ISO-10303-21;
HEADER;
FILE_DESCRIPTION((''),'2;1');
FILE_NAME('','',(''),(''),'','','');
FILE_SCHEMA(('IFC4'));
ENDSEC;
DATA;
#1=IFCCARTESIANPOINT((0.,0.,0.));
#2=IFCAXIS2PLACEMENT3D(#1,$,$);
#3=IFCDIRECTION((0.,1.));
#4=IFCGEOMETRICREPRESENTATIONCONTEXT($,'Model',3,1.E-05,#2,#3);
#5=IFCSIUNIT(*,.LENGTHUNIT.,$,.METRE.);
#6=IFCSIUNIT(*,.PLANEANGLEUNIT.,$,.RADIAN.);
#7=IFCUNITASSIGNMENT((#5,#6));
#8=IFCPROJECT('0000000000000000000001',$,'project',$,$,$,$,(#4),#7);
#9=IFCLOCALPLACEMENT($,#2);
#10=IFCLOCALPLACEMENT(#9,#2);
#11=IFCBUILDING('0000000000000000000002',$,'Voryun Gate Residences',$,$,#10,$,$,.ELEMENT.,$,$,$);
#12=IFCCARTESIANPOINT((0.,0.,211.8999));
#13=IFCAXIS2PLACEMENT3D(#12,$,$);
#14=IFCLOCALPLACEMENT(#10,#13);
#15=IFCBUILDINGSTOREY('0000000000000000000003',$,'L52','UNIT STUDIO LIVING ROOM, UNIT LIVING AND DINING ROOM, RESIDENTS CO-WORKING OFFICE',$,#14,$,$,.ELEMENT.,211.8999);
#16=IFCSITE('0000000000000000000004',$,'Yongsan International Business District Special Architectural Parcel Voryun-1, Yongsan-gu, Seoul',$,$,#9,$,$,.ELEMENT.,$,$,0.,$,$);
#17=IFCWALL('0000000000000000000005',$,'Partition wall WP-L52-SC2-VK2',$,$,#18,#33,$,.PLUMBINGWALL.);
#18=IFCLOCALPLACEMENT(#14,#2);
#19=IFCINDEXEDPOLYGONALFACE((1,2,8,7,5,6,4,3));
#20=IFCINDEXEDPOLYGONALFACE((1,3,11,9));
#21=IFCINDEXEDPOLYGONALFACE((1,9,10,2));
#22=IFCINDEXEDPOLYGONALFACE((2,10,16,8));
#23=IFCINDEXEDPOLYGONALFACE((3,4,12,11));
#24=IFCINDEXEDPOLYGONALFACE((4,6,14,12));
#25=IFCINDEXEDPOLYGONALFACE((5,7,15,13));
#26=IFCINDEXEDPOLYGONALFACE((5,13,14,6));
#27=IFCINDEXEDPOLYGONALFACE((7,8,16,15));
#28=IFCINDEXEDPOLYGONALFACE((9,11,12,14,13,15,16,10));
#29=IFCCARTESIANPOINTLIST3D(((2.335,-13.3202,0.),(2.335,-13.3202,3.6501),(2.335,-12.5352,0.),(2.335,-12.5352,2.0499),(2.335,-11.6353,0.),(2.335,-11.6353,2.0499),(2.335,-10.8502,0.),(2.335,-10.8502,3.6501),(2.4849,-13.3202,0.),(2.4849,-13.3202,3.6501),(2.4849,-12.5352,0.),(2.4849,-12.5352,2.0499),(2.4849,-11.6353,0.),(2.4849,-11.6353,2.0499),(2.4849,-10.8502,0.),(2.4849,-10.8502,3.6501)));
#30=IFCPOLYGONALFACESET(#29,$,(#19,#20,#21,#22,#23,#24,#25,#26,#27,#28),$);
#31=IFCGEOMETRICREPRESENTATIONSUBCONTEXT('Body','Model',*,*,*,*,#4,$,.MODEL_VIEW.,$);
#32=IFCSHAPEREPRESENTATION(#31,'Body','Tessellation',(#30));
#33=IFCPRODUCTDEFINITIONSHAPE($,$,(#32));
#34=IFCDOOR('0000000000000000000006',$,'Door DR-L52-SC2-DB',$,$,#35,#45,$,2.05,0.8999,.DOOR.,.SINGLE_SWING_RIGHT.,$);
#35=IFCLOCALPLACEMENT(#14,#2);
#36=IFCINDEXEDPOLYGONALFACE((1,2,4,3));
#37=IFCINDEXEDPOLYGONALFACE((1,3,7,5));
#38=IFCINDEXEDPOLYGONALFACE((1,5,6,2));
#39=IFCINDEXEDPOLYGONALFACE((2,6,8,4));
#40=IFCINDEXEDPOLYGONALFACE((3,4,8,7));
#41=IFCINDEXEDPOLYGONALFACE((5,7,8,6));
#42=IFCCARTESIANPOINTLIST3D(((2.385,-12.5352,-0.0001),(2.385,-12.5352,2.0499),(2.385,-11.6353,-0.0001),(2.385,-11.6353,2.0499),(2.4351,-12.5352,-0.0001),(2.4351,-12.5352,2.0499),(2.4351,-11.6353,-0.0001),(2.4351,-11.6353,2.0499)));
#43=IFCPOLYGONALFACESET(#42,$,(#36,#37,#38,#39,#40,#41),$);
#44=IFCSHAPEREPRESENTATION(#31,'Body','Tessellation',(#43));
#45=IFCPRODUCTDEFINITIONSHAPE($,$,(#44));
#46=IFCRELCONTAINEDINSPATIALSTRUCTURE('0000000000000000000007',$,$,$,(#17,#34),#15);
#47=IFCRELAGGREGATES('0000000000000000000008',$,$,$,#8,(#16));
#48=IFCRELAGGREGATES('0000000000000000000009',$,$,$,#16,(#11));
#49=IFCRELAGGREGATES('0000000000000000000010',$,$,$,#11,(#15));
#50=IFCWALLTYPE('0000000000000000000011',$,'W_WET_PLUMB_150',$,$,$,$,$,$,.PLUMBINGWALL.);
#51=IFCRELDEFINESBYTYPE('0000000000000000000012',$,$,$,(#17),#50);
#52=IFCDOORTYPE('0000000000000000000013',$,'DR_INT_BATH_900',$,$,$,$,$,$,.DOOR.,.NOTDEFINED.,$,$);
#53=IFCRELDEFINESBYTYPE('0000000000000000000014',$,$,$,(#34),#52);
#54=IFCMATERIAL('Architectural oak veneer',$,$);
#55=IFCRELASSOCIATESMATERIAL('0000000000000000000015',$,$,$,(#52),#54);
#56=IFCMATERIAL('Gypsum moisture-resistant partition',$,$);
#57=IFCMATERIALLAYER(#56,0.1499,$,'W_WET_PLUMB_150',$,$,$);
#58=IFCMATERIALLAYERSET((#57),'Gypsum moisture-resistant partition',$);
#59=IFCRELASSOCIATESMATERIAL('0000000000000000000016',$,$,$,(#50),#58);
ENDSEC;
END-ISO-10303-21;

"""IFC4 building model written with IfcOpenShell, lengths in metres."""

from ifc_helpers import new_model, si_unit, direction, frame, frame_2d, origin, place, context, subcontext, project, spatial, rectangle, extrude, material, layer, layer_set, type_object, element, fill, save


model = new_model("IFC4")

# Units and contexts
model_context = context("Model", 3, precision=1e-05, world=origin(), true_north=direction((0.0, 1.0)))
body_context = subcontext(model_context, "Body", "Model", "MODEL_VIEW")
ifc_project = project(units=[si_unit("LENGTHUNIT", "METRE"), si_unit("PLANEANGLEUNIT", "RADIAN")], contexts=[model_context])

# Site, building, storey
site_placement = place(None, origin())
site = spatial("IfcSite", under=ifc_project, at=site_placement, Name="Yongsan International Business District Special Architectural Parcel Voryun-1, Yongsan-gu, Seoul", CompositionType="ELEMENT", RefElevation=0.0)
building_placement = place(site_placement, origin())
building = spatial("IfcBuilding", under=site, at=building_placement, Name="Voryun Gate Residences", CompositionType="ELEMENT")
storey_placement = place(building_placement, frame((0.0, 0.0, 211.8999)))
storey = spatial("IfcBuildingStorey", under=building, at=storey_placement, Name="L52", Description="UNIT STUDIO LIVING ROOM, UNIT LIVING AND DINING ROOM, RESIDENTS CO-WORKING OFFICE", CompositionType="ELEMENT", Elevation=211.8999)

# Shared definitions
ifc_material_1 = material(Name="Architectural oak veneer")
door_type_1 = type_object("IfcDoorType", Name="DR_INT_BATH_900", OperationType="NOTDEFINED", PredefinedType="DOOR", material=ifc_material_1)

# Shared definitions
ifc_material_2 = material(Name="Gypsum moisture-resistant partition")
ifc_layer_1 = layer(ifc_material_2, 0.1499, Name="W_WET_PLUMB_150")
ifc_layer_set_1 = layer_set([ifc_layer_1], Name="Gypsum moisture-resistant partition")
wall_type_1 = type_object("IfcWallType", Name="W_WET_PLUMB_150", PredefinedType="PLUMBINGWALL", material=ifc_layer_set_1)

# Wall, opening, door
wall_1_placement = place(storey_placement, frame((2.4099, -13.3201, 0.0), z_axis=(0.0, 0.0, 1.0), x_axis=(0.0, 1.0, 0.0)))
wall_1 = element("IfcWall", 1, at=wall_1_placement, inside=storey, type_object=wall_type_1, Name="Partition wall WP-L52-SC2-VK2", PredefinedType="PLUMBINGWALL", context=body_context, shape_type="SweptSolid", body=[
    extrude(rectangle(XDim=2.47, YDim=0.1499, at=frame_2d((1.2349, 0.0))), origin(), (0.0, 0.0, 1.0), 3.6501),
])
opening_1_placement = place(wall_1_placement, frame((0.7849, 0.0, 0.0)))
opening_1 = element("IfcOpeningElement", 2, at=opening_1_placement, cuts=wall_1, PredefinedType="OPENING", context=body_context, shape_type="SweptSolid", body=[
    extrude(rectangle(XDim=0.8999, YDim=2.05, at=frame_2d((0.45, 1.0249))), frame((0.0, 0.085, 0.0), z_axis=(0.0, -1.0, 0.0), x_axis=(1.0, 0.0, 0.0)), (0.0, 0.0, 1.0), 0.1699),
])
door_1_placement = place(opening_1_placement, origin())
door_1 = element("IfcDoor", 3, at=door_1_placement, inside=storey, type_object=door_type_1, Name="Door DR-L52-SC2-DB", OperationType="SINGLE_SWING_RIGHT", OverallHeight=2.05, OverallWidth=0.8999, PredefinedType="DOOR", context=body_context, shape_type="SweptSolid", body=[
    extrude(rectangle(XDim=0.8999, YDim=2.05, at=frame_2d((0.45, 1.0249))), frame((0.0, 0.0249, 0.0), z_axis=(0.0, -1.0, 0.0), x_axis=(1.0, 0.0, 0.0)), (0.0, 0.0, 1.0), 0.05),
])
fill(opening_1, door_1)

save(model, "model.ifc")
